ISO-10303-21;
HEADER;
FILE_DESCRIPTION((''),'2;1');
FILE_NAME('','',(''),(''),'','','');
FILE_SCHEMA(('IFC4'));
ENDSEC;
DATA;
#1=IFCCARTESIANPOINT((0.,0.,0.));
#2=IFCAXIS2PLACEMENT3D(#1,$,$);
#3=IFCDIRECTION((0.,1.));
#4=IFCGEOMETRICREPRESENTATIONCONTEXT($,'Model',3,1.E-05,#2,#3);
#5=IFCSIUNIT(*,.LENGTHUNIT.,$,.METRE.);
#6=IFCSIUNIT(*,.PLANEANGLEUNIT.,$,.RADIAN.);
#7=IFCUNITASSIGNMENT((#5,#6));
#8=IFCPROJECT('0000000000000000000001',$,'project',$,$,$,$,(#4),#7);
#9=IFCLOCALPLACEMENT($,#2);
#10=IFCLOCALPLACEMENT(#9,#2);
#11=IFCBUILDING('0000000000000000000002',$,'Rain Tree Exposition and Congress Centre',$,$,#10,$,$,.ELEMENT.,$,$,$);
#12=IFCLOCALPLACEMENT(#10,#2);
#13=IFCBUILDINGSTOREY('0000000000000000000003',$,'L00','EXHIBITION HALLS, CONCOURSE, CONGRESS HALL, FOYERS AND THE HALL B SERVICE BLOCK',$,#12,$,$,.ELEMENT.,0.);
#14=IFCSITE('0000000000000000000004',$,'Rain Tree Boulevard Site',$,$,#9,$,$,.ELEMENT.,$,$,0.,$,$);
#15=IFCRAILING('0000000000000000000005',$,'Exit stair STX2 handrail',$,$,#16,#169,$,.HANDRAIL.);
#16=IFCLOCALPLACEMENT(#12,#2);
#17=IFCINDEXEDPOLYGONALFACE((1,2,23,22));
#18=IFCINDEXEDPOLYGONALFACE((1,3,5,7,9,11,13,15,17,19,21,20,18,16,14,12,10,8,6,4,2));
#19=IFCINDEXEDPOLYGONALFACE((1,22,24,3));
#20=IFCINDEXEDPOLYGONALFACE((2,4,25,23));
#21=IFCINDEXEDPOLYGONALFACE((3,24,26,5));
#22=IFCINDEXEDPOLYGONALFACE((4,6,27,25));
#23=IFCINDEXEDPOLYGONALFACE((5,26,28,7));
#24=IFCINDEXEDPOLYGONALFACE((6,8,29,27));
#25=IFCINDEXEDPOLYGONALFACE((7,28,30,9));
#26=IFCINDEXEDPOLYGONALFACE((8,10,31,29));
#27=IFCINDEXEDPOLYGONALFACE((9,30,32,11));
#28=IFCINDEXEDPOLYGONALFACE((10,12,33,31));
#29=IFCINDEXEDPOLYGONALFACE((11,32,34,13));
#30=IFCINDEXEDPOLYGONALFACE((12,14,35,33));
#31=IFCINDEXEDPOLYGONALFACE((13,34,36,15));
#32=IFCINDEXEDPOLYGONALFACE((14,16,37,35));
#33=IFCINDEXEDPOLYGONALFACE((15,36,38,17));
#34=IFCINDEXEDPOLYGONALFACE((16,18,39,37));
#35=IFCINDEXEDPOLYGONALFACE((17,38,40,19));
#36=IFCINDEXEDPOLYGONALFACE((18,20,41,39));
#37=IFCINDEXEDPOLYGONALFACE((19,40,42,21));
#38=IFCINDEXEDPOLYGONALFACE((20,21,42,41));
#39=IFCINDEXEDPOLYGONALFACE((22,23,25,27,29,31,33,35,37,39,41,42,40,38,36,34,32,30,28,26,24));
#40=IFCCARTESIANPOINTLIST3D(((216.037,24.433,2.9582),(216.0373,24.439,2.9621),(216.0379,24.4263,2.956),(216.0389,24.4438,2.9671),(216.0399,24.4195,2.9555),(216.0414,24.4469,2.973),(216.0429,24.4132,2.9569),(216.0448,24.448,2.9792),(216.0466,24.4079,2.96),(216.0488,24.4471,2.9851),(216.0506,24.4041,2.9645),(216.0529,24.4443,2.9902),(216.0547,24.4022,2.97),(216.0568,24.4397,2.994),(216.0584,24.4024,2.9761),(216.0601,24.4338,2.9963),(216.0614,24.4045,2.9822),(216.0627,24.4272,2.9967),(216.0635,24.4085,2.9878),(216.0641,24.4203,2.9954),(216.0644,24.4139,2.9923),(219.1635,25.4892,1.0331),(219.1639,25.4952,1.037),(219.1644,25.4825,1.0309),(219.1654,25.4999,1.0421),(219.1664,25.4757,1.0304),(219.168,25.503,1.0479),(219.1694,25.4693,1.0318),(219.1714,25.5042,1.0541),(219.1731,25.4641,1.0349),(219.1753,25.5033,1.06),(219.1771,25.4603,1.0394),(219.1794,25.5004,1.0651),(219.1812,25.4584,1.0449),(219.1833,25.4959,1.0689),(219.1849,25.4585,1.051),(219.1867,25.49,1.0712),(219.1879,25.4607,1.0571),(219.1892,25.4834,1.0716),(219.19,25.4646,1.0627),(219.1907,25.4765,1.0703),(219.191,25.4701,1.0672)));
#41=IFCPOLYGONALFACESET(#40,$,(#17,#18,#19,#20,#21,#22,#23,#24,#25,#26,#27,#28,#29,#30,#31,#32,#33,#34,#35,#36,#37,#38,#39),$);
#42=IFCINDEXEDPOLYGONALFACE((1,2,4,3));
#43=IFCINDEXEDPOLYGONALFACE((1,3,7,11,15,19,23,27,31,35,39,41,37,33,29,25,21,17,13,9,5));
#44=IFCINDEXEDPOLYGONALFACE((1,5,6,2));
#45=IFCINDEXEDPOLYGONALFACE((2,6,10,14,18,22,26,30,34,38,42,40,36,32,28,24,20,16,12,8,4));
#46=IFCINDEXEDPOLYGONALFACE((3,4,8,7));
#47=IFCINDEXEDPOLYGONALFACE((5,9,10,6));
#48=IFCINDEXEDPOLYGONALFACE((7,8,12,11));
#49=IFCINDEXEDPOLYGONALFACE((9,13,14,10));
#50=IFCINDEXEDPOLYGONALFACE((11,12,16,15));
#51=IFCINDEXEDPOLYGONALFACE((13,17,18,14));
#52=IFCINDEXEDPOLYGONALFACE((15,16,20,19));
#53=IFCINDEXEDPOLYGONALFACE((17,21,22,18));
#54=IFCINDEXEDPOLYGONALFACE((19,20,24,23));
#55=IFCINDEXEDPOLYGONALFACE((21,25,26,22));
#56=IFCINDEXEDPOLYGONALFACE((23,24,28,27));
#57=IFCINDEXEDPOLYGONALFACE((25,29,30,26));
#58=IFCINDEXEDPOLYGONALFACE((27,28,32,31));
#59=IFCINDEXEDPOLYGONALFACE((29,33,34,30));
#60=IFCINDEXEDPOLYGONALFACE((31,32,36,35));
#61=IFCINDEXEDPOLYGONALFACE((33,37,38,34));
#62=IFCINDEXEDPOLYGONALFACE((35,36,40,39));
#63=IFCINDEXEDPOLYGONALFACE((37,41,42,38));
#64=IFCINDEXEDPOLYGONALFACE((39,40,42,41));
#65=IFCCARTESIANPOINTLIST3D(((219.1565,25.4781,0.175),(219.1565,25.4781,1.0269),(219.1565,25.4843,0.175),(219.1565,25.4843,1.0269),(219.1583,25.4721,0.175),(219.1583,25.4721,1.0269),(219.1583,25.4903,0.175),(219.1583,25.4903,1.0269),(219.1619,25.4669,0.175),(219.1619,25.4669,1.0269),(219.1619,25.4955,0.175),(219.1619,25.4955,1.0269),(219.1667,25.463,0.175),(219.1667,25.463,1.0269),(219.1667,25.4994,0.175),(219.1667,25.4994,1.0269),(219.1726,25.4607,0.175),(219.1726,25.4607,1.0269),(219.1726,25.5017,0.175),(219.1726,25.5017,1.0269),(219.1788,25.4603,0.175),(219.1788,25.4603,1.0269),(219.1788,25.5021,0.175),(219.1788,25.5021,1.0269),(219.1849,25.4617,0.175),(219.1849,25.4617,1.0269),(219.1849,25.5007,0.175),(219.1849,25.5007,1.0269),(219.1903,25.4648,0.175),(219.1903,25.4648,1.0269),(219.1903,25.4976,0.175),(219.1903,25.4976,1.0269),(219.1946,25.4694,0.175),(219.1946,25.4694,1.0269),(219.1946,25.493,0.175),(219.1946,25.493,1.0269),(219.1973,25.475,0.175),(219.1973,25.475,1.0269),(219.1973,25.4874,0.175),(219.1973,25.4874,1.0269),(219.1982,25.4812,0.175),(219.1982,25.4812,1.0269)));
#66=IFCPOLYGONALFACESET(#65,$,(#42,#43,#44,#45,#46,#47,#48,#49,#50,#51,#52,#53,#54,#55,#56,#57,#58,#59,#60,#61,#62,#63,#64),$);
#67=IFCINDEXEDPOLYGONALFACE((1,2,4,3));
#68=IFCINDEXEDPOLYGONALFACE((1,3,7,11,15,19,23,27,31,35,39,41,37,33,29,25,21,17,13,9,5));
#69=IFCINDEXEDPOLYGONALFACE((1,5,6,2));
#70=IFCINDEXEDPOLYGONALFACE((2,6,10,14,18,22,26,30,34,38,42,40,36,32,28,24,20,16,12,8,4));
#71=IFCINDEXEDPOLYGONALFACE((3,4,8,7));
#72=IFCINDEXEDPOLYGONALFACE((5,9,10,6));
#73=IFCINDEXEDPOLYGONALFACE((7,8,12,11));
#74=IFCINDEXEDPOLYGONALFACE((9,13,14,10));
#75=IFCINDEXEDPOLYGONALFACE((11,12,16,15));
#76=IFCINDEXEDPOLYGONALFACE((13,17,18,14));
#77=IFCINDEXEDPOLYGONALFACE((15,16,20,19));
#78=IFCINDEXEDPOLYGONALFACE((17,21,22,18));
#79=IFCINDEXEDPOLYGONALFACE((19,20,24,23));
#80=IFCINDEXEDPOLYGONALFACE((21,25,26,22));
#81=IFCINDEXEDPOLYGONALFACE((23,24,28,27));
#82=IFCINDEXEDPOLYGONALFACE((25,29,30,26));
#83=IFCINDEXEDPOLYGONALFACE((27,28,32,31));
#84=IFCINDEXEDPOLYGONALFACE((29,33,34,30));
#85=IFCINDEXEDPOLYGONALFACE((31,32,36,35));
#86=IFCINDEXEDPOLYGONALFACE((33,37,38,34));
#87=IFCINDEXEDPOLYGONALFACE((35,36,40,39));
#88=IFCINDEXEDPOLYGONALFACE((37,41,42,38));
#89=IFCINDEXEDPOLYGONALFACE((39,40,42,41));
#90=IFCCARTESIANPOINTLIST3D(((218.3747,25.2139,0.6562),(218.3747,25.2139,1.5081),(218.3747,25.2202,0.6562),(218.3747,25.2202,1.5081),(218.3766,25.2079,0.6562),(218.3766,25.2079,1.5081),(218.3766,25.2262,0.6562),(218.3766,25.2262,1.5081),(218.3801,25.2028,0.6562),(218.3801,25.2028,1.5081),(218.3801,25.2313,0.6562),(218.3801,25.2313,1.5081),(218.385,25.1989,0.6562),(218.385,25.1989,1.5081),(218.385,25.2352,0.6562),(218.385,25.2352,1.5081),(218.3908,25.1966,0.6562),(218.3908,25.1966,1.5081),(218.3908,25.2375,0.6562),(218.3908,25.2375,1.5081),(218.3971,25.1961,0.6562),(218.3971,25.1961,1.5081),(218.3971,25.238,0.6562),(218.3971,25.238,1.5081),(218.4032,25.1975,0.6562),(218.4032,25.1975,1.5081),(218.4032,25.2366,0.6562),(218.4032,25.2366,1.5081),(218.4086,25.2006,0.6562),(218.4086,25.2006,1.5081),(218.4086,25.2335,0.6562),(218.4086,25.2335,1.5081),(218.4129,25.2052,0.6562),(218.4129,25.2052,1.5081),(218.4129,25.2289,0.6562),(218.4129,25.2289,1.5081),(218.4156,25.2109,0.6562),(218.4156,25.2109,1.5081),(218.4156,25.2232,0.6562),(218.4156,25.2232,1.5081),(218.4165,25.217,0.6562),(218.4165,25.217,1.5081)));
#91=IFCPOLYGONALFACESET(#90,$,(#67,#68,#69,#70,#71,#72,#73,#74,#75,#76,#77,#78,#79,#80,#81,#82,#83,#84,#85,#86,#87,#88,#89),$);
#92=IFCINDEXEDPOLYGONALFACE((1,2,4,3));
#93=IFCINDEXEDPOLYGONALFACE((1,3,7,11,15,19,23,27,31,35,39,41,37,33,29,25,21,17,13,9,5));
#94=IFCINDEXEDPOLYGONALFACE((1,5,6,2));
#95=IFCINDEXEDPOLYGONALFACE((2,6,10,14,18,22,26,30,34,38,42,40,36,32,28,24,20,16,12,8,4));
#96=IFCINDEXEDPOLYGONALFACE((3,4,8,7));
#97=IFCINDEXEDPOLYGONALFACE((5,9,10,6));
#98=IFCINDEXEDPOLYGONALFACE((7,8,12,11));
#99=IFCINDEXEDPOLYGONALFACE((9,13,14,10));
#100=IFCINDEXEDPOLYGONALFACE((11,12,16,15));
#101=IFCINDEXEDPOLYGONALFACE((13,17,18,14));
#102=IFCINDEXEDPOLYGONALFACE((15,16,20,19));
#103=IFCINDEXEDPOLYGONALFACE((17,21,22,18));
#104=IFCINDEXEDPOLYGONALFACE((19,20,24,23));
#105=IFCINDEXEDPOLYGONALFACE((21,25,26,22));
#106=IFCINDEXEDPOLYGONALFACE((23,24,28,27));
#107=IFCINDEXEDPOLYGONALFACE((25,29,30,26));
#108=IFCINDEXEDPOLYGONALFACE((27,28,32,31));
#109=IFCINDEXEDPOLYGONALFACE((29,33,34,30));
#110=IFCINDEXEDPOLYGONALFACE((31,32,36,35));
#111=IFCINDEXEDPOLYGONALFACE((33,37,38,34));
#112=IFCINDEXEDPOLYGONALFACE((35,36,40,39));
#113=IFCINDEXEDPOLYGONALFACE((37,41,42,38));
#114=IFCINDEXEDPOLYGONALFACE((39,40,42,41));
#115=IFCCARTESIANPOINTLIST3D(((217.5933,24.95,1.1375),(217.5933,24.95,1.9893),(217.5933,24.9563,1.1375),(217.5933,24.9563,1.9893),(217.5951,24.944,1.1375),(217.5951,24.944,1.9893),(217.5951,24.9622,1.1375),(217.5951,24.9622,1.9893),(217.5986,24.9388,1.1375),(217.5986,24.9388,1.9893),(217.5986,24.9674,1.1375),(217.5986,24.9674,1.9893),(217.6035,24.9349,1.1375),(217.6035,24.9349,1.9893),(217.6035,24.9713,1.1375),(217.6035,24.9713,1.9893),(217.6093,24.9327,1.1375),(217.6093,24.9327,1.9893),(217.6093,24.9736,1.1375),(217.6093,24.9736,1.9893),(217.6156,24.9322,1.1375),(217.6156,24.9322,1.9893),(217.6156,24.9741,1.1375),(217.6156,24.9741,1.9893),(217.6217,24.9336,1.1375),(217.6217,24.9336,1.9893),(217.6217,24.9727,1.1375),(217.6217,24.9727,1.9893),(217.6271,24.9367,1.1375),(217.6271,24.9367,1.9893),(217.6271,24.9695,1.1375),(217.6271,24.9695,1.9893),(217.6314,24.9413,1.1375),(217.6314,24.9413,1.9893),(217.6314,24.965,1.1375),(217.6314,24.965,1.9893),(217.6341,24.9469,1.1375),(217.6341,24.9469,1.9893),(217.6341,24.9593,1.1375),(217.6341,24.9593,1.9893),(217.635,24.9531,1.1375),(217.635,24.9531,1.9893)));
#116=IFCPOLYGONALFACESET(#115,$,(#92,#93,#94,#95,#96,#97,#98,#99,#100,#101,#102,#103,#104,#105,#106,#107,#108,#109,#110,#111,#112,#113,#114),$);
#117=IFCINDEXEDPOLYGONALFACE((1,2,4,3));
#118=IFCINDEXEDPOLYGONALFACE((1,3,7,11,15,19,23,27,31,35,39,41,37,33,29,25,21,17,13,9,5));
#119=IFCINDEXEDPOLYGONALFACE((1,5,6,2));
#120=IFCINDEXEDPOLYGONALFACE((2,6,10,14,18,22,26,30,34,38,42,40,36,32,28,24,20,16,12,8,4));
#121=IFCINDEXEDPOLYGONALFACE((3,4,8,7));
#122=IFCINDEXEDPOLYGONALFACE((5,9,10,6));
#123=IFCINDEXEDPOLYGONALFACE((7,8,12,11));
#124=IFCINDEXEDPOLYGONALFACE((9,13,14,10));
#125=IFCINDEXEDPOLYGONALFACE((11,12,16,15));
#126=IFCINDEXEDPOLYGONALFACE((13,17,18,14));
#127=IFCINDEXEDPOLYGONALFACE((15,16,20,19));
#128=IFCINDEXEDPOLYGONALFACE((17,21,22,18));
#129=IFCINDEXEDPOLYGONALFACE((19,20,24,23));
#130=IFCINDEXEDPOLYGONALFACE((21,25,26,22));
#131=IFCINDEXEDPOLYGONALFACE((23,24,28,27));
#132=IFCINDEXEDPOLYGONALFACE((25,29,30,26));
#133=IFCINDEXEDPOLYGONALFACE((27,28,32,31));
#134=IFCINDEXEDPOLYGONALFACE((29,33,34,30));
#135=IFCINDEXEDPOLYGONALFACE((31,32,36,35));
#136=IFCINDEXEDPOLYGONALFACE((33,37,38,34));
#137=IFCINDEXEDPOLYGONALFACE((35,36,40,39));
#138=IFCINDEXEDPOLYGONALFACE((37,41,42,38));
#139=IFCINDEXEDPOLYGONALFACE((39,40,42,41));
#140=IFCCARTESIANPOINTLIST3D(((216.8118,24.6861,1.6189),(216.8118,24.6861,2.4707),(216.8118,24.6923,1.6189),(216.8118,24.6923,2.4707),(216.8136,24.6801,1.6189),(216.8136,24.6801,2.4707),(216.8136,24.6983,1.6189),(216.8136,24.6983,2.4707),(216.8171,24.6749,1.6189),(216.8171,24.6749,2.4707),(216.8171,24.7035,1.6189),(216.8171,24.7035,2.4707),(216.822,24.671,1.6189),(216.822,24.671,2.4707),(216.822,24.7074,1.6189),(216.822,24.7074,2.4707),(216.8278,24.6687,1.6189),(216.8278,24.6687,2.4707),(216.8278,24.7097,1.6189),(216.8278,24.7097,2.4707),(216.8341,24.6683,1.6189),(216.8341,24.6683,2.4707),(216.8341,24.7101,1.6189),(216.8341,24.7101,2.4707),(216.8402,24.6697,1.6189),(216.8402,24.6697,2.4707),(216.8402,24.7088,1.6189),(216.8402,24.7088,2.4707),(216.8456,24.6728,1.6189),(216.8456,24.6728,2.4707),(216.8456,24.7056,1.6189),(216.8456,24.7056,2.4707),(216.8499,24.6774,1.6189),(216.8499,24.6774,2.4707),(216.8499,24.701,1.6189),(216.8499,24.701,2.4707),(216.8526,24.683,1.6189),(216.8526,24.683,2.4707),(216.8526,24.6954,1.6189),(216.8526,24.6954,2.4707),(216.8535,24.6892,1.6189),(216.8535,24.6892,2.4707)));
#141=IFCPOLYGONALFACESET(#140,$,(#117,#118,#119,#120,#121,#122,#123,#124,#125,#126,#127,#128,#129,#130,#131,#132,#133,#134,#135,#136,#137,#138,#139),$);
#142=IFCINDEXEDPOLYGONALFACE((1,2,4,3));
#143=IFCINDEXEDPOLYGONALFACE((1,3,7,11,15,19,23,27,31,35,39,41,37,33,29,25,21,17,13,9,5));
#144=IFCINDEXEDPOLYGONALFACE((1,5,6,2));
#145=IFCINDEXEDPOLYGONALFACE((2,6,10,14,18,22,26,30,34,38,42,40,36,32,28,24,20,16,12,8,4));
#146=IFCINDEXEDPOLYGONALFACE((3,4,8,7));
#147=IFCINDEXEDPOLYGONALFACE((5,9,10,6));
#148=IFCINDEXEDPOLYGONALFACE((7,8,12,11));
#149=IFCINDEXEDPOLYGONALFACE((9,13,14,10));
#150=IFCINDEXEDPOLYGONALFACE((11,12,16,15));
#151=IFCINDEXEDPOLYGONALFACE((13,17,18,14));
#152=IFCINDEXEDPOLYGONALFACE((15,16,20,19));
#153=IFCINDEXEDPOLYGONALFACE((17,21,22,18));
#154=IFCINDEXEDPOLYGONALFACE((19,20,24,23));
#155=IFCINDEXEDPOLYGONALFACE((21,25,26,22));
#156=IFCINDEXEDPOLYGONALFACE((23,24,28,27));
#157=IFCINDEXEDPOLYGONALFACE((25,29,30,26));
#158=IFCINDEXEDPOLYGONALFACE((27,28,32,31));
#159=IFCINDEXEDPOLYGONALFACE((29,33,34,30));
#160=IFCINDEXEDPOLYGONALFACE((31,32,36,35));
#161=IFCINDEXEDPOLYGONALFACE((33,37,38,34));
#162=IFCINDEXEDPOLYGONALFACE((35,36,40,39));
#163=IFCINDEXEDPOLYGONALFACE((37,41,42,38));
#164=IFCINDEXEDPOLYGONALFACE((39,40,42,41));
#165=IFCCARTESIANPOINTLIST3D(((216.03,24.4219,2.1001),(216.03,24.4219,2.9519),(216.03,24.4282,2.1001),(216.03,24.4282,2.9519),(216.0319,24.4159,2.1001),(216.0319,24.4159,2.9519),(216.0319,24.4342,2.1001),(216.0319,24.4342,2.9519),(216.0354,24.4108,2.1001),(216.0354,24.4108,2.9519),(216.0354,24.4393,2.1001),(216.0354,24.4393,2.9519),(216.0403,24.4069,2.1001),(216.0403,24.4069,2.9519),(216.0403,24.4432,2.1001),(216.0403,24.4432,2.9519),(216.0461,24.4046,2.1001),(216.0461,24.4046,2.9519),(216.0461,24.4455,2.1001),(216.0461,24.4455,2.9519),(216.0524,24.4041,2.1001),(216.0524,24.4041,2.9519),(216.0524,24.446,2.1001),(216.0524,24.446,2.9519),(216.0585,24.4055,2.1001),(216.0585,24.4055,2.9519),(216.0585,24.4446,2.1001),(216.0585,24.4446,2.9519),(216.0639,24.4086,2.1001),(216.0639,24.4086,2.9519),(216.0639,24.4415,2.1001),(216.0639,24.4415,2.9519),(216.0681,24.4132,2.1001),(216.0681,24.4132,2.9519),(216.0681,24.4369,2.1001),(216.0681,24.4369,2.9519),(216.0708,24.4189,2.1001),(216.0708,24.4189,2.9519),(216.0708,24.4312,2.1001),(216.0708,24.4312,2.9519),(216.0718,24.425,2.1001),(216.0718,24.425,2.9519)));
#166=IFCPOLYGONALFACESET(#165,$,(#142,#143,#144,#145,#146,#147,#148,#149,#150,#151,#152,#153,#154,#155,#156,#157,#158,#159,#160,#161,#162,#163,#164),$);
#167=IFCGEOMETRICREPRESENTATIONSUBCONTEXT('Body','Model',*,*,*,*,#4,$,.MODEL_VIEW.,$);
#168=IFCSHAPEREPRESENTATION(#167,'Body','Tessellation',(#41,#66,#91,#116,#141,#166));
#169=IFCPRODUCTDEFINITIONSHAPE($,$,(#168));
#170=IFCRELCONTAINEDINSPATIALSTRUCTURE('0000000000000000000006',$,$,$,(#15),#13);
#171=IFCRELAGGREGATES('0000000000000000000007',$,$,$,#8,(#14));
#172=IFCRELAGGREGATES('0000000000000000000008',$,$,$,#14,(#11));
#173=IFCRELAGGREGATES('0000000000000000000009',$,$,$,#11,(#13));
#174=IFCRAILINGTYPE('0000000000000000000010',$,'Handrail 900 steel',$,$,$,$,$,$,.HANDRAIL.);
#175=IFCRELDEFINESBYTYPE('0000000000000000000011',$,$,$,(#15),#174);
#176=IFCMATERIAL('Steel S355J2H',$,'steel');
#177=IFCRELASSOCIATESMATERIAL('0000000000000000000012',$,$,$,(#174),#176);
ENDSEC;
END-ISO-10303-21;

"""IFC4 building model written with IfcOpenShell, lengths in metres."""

from ifc_helpers import new_model, si_unit, direction, frame, origin, origin_2d, place, context, subcontext, project, spatial, circle, extrude, material, type_object, element, save


model = new_model("IFC4")

# Units and contexts
model_context = context("Model", 3, precision=1e-05, world=origin(), true_north=direction((0.0, 1.0)))
body_context = subcontext(model_context, "Body", "Model", "MODEL_VIEW")
ifc_project = project(units=[si_unit("LENGTHUNIT", "METRE"), si_unit("PLANEANGLEUNIT", "RADIAN")], contexts=[model_context])

# Site, building, storey
site_placement = place(None, origin())
site = spatial("IfcSite", under=ifc_project, at=site_placement, Name="Rain Tree Boulevard Site", CompositionType="ELEMENT", RefElevation=0.0)
building_placement = place(site_placement, origin())
building = spatial("IfcBuilding", under=site, at=building_placement, Name="Rain Tree Exposition and Congress Centre", CompositionType="ELEMENT")
storey_placement = place(building_placement, origin())
storey = spatial("IfcBuildingStorey", under=building, at=storey_placement, Name="L00", Description="EXHIBITION HALLS, CONCOURSE, CONGRESS HALL, FOYERS AND THE HALL B SERVICE BLOCK", CompositionType="ELEMENT", Elevation=0.0)

# Railing
ifc_material_1 = material(Name="Steel S355J2H", Category="steel")
railing_type = type_object("IfcRailingType", Name="Handrail 900 steel", PredefinedType="HANDRAIL", material=ifc_material_1)
railing_placement = place(storey_placement, frame((219.1772, 25.4812, 0.175)))
element("IfcRailing", 1, at=railing_placement, inside=storey, type_object=railing_type, Name="Exit stair STX2 handrail", PredefinedType="HANDRAIL", context=body_context, shape_type="SweptSolid", body=[
    extrude(circle(Radius=0.0239, at=origin_2d()), frame((0.0, 0.0, 0.876), z_axis=(-0.818344, -0.276445, 0.503876), x_axis=(0.320043, -0.947403, 0.0)), (0.0, 0.0, 1.0), 3.8206),
    extrude(circle(Radius=0.021, at=origin_2d()), origin(), (0.0, 0.0, 1.0), 0.8518),
    extrude(circle(Radius=0.021, at=origin_2d()), frame((-0.7817, -0.2642, 0.4812)), (0.0, 0.0, 1.0), 0.8518),
    extrude(circle(Radius=0.021, at=origin_2d()), frame((-1.5632, -0.5281, 0.9624)), (0.0, 0.0, 1.0), 0.8518),
    extrude(circle(Radius=0.021, at=origin_2d()), frame((-2.3447, -0.792, 1.4438)), (0.0, 0.0, 1.0), 0.8518),
    extrude(circle(Radius=0.021, at=origin_2d()), frame((-3.1265, -1.0562, 1.925)), (0.0, 0.0, 1.0), 0.8518),
])

save(model, "model.ifc")
